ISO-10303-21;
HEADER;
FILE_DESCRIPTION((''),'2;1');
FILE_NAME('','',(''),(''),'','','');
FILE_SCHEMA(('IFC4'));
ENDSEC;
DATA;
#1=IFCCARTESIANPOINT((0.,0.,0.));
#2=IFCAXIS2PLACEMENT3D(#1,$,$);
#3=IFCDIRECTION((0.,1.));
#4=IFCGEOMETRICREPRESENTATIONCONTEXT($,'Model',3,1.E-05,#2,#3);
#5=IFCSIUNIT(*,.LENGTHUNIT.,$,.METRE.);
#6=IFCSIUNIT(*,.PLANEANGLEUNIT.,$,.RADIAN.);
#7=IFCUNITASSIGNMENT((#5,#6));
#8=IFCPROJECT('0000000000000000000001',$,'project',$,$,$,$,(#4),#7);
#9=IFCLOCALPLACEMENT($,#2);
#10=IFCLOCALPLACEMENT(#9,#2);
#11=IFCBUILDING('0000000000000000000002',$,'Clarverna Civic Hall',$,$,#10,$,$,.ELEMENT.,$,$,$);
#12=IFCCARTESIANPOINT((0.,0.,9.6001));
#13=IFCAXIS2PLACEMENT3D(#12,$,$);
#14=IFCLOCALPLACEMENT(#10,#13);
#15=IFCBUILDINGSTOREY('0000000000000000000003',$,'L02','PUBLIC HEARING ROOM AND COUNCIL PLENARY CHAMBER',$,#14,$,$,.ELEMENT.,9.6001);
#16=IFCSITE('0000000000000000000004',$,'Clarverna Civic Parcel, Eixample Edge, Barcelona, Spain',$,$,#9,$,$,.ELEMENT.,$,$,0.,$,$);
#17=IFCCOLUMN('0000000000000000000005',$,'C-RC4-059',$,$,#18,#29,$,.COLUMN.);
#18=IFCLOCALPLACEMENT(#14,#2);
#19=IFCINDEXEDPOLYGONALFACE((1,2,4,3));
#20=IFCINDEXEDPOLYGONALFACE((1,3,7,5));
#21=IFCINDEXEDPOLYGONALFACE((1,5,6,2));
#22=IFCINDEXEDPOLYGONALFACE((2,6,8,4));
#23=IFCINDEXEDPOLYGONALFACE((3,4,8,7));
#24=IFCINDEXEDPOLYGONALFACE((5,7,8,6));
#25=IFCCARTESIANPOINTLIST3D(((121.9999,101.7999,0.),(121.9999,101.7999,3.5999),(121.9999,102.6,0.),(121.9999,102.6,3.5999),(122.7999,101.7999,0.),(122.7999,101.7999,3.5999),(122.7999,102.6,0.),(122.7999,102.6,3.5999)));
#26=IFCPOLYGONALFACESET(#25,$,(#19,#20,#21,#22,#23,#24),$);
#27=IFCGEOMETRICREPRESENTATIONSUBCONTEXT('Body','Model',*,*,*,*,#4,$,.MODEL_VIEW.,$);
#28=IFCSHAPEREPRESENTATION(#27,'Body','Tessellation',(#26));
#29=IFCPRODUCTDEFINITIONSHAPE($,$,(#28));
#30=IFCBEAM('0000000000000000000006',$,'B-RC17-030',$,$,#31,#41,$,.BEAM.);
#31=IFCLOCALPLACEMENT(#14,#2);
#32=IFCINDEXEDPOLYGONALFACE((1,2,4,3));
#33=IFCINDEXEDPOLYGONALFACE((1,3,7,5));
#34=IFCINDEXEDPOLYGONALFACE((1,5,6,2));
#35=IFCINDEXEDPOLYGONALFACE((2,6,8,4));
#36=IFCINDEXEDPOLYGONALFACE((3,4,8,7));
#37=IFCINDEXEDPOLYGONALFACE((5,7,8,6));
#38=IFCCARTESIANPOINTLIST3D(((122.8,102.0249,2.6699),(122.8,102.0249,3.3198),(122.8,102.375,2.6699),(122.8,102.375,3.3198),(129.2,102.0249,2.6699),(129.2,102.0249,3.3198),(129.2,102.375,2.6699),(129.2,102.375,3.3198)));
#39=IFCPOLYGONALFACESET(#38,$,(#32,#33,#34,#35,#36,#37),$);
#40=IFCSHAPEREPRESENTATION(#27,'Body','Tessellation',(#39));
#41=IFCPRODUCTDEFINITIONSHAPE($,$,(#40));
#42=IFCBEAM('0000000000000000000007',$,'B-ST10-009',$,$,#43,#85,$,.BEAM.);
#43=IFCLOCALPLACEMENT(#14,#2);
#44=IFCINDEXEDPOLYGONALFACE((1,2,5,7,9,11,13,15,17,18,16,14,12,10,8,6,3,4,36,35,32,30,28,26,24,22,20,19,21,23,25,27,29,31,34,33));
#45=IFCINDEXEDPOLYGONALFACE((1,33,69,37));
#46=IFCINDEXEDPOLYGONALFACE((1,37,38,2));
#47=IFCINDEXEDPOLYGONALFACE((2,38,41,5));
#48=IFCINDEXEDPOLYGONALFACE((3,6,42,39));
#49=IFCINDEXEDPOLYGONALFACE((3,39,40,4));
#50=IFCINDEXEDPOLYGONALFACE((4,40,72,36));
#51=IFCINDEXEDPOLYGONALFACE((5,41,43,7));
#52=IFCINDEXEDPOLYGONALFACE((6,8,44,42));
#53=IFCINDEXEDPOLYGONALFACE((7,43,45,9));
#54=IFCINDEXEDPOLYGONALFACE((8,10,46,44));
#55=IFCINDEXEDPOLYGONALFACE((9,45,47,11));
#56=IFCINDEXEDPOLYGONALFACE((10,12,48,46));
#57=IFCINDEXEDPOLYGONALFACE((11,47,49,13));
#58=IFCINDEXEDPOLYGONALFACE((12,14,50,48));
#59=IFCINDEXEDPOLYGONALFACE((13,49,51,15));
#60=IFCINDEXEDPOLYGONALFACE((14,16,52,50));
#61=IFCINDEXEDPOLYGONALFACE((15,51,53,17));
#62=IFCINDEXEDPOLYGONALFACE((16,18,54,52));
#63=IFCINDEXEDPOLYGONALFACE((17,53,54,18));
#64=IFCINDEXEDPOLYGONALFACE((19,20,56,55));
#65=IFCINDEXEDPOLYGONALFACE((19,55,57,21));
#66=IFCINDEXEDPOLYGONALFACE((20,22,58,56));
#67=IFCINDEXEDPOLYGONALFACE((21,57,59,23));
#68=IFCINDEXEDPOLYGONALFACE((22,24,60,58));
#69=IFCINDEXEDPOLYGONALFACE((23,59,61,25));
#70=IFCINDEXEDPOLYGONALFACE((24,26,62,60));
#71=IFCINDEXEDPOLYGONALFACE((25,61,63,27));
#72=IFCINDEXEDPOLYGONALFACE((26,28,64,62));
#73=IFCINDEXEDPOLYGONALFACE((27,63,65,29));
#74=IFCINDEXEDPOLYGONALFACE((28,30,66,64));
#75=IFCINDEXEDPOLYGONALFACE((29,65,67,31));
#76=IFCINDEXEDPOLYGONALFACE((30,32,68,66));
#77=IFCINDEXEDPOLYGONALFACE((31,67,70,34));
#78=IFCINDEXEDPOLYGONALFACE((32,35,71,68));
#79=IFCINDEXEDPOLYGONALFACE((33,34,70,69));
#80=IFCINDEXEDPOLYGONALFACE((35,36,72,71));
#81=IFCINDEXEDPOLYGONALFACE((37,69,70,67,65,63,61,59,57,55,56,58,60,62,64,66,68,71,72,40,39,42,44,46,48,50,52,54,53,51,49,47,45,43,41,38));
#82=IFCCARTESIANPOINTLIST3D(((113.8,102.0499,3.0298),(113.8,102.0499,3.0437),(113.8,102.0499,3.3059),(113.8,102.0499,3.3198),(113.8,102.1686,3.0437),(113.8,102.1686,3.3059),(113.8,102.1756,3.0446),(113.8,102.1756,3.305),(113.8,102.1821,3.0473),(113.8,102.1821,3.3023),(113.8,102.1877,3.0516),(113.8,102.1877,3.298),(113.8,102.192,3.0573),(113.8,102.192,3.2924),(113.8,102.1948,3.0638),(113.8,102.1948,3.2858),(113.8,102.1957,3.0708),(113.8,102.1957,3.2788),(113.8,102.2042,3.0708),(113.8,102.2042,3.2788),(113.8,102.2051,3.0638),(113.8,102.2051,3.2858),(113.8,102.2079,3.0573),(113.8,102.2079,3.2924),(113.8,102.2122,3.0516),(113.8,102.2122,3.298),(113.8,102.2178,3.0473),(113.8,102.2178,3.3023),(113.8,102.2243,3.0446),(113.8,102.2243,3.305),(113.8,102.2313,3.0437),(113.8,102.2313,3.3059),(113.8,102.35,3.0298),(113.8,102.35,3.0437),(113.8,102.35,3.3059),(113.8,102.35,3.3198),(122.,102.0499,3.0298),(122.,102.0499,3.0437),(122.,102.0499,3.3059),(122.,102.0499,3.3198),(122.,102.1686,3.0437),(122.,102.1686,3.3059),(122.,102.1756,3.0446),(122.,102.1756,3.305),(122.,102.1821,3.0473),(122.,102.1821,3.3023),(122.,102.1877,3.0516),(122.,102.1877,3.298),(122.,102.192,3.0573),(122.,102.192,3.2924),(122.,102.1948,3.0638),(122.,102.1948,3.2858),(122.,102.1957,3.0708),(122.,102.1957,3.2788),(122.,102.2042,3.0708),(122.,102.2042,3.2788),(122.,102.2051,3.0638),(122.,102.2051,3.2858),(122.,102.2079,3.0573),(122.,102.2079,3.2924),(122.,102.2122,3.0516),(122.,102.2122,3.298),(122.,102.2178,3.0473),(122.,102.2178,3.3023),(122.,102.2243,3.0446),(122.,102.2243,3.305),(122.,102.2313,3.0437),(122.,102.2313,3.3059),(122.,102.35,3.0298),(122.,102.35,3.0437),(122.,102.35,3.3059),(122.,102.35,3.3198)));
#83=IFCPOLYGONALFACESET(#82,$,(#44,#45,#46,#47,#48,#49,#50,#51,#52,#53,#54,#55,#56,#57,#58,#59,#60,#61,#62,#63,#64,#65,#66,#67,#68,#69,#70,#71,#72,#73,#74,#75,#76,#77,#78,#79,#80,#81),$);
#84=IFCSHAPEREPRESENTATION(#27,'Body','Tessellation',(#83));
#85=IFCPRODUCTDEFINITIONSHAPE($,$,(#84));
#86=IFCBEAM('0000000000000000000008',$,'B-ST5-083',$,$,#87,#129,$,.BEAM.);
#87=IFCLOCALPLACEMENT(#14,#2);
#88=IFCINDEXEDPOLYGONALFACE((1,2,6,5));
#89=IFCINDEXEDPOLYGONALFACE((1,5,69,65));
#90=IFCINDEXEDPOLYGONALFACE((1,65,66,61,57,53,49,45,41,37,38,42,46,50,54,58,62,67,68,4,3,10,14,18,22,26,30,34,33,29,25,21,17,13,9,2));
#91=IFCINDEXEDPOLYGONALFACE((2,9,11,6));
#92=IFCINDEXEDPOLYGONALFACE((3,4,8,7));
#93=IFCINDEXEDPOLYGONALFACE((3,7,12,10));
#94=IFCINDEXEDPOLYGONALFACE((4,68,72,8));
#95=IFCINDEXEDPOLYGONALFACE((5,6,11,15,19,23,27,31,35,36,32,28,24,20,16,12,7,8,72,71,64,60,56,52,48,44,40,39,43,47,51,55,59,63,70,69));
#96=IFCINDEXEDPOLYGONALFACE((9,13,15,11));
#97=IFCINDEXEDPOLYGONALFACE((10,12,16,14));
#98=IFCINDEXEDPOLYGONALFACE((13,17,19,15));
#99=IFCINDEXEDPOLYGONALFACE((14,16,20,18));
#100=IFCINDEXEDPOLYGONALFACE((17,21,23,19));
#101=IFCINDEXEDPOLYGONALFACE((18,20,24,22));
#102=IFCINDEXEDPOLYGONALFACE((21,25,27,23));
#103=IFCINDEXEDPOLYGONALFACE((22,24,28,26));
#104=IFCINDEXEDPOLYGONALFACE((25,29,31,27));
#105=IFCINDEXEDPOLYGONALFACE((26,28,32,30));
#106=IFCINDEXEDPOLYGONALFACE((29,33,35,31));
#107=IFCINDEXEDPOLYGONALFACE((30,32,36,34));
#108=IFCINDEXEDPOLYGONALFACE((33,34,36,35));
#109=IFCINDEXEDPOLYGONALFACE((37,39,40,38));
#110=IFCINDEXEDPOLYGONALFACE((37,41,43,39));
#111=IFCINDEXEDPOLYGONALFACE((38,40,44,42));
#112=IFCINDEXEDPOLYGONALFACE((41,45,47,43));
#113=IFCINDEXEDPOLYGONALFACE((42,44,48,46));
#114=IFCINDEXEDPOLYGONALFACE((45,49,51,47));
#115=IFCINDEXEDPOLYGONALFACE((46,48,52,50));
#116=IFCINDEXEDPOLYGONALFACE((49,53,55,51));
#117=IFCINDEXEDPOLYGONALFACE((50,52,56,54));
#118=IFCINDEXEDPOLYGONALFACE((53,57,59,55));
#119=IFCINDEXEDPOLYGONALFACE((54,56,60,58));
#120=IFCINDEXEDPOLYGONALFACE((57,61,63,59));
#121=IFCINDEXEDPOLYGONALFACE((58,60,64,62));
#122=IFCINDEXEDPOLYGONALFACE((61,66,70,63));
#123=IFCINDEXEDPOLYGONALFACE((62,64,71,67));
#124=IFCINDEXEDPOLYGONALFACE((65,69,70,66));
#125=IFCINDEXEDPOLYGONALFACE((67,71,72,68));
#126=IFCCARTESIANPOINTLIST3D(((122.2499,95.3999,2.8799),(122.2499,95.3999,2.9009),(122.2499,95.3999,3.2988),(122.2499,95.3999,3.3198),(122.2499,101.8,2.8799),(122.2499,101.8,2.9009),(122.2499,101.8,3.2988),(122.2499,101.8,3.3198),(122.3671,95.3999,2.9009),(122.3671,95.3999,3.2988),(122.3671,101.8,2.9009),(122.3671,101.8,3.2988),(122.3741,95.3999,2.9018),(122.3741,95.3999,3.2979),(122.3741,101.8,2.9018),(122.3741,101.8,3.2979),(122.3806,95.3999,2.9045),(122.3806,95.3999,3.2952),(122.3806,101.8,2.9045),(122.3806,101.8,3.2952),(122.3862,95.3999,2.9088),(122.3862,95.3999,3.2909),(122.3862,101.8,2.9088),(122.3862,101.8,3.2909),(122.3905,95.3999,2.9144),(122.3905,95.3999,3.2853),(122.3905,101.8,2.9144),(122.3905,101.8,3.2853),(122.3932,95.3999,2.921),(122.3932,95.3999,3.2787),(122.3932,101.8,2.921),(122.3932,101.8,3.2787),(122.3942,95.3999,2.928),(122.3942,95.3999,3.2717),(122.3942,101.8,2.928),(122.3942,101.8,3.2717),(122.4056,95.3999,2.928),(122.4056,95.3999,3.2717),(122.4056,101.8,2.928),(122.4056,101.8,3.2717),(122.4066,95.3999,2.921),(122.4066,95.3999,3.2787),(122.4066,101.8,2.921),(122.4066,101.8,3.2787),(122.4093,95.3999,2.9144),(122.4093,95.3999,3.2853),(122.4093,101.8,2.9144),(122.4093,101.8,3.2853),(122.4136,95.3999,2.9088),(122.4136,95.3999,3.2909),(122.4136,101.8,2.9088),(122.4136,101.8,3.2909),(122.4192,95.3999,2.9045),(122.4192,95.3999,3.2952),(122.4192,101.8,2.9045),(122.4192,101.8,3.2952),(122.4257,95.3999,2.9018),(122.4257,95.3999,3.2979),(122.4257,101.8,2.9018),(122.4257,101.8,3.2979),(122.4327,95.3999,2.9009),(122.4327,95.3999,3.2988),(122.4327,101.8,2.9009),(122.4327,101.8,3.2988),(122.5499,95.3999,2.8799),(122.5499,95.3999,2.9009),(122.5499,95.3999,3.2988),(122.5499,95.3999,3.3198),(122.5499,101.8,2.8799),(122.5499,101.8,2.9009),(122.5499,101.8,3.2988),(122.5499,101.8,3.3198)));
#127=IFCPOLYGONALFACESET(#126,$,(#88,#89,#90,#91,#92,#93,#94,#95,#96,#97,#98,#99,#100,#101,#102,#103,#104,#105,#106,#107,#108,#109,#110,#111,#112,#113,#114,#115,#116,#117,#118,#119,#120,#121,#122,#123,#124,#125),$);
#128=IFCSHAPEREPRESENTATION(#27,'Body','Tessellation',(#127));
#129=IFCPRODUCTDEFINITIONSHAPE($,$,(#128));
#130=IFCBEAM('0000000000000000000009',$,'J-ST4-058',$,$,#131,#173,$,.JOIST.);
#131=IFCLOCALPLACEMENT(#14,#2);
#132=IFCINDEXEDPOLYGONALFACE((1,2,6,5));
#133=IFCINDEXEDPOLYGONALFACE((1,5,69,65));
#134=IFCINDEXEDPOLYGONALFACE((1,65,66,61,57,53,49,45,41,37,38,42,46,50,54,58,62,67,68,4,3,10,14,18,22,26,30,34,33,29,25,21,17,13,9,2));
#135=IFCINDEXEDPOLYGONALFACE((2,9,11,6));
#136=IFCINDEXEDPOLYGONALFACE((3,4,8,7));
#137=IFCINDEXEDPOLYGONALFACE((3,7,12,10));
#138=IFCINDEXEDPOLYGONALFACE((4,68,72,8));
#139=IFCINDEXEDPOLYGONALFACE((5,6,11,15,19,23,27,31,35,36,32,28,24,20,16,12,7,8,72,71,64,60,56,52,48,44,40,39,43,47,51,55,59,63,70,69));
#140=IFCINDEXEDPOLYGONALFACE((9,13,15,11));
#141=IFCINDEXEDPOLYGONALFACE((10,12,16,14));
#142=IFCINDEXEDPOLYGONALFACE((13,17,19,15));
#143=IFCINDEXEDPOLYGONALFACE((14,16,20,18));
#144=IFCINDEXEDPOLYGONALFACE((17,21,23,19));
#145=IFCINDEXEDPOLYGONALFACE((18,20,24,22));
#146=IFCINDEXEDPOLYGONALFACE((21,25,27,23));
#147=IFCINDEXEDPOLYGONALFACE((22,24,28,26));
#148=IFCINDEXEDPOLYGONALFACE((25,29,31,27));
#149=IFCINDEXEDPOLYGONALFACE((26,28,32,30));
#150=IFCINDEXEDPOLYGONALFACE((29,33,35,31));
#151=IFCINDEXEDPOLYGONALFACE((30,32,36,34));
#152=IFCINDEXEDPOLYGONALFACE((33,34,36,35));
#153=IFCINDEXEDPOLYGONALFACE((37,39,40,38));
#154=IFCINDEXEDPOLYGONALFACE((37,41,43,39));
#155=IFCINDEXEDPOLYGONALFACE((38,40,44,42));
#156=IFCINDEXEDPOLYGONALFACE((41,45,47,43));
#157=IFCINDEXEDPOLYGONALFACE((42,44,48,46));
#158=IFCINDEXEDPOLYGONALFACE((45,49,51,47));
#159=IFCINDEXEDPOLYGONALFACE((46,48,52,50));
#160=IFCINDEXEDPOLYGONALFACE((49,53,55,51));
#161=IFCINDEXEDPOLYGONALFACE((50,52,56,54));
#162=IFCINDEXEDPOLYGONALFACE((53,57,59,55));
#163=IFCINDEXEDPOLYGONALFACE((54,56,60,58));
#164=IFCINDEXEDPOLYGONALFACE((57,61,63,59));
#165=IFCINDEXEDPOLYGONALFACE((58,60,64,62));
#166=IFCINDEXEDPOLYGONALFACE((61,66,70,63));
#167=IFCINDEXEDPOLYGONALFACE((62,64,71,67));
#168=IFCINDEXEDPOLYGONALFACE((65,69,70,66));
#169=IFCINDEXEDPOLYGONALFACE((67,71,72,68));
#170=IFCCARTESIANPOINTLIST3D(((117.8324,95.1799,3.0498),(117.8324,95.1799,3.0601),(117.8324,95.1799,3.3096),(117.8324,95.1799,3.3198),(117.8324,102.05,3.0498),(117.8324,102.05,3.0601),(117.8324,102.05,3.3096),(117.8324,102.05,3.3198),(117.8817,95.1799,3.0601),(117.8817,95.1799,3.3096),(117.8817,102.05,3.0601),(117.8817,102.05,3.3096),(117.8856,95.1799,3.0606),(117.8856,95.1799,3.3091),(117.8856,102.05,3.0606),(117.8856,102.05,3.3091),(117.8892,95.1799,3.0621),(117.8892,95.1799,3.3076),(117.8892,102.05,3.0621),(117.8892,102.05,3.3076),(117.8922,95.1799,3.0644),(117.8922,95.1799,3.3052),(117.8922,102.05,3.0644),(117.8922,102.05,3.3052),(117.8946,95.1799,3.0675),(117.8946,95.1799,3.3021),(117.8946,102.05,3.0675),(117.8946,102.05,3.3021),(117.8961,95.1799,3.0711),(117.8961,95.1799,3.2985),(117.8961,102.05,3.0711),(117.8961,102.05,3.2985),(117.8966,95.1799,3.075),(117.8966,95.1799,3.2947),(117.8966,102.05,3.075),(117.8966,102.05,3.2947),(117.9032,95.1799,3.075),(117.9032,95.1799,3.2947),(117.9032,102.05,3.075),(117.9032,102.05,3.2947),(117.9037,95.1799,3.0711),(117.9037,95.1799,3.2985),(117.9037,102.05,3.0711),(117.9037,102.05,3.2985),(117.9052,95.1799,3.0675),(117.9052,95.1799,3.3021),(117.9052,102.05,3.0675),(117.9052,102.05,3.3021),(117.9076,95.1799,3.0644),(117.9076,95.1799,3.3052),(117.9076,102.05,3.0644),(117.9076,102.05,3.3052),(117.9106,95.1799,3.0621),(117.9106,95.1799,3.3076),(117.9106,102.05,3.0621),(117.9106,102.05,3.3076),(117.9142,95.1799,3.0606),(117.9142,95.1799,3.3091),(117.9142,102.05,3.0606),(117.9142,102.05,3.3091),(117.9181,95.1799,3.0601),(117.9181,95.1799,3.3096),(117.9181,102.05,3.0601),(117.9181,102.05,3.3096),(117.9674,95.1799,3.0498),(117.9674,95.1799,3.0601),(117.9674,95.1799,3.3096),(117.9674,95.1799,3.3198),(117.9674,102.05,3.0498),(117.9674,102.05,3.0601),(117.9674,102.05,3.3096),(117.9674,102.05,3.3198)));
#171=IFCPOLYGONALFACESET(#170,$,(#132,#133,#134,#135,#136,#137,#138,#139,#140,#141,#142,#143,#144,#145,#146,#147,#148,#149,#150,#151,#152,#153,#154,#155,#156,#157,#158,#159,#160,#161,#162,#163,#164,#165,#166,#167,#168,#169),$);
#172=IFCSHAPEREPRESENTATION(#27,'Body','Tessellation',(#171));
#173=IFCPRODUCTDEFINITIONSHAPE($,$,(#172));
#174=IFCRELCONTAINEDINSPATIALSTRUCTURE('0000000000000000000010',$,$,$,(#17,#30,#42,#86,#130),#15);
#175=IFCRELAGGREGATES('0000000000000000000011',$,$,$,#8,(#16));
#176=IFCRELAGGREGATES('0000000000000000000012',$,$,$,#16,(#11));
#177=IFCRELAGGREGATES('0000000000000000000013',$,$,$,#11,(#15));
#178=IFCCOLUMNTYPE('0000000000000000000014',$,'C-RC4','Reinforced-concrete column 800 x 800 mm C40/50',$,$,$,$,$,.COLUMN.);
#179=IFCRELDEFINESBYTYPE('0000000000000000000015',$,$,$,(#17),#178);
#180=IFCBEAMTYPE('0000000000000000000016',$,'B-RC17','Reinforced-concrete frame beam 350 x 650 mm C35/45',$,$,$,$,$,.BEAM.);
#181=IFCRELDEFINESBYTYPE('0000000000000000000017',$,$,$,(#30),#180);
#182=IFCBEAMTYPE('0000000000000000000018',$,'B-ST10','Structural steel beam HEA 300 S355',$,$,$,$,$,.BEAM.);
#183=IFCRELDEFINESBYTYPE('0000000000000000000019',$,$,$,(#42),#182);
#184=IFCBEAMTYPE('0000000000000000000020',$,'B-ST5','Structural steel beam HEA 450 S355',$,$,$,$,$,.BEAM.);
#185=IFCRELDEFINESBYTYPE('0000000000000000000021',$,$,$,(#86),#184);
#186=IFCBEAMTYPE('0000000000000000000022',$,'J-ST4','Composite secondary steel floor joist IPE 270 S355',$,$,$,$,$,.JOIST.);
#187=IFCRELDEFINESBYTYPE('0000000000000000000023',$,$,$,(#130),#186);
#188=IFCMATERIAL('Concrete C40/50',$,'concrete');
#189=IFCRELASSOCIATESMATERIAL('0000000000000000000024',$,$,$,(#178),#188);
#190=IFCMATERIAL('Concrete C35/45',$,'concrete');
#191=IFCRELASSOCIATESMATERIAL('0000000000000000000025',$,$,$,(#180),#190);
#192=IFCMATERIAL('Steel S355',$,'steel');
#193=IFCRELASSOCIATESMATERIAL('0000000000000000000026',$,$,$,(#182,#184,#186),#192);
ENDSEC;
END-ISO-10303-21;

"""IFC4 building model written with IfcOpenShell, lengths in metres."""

from ifc_helpers import new_model, si_unit, direction, frame, origin, origin_2d, place, context, subcontext, project, spatial, rectangle, i_section, extrude, material, material_profile, profile_set, type_object, element, save


model = new_model("IFC4")

# Units and contexts
model_context = context("Model", 3, precision=1e-05, world=origin(), true_north=direction((0.0, 1.0)))
body_context = subcontext(model_context, "Body", "Model", "MODEL_VIEW")
ifc_project = project(units=[si_unit("LENGTHUNIT", "METRE"), si_unit("PLANEANGLEUNIT", "RADIAN")], contexts=[model_context])

# Site, building, storey
site_placement = place(None, origin())
site = spatial("IfcSite", under=ifc_project, at=site_placement, Name="Clarverna Civic Parcel, Eixample Edge, Barcelona, Spain", CompositionType="ELEMENT", RefElevation=0.0)
building_placement = place(site_placement, origin())
building = spatial("IfcBuilding", under=site, at=building_placement, Name="Clarverna Civic Hall", CompositionType="ELEMENT")
storey_placement = place(building_placement, frame((0.0, 0.0, 9.6001)))
storey = spatial("IfcBuildingStorey", under=building, at=storey_placement, Name="L02", Description="PUBLIC HEARING ROOM AND COUNCIL PLENARY CHAMBER", CompositionType="ELEMENT", Elevation=9.6001)

# Column
ifc_material_1 = material(Name="Concrete C40/50", Category="concrete")
ifc_material_profile_1 = material_profile(ifc_material_1, rectangle(XDim=0.8, YDim=0.8, at=origin_2d()), Name="RC 800x800")
ifc_profile_set_1 = profile_set([ifc_material_profile_1], Name="Concrete C40/50")
column_type = type_object("IfcColumnType", Name="C-RC4", Description="Reinforced-concrete column 800 x 800 mm C40/50", PredefinedType="COLUMN", material=ifc_profile_set_1)
column_placement = place(storey_placement, frame((122.3999, 102.2, 0.0), z_axis=(0.0, 0.0, 1.0), x_axis=(1.0, 0.0, 0.0)))
element("IfcColumn", 1, at=column_placement, inside=storey, type_object=column_type, Name="C-RC4-059", PredefinedType="COLUMN", context=body_context, shape_type="SweptSolid", body=[
    extrude(rectangle(XDim=0.8, YDim=0.8, at=origin_2d()), origin(), (0.0, 0.0, 1.0), 3.5999),
])

# Beams
ifc_material_2 = material(Name="Concrete C35/45", Category="concrete")
ifc_material_profile_2 = material_profile(ifc_material_2, rectangle(XDim=0.3501, YDim=0.6499, at=origin_2d()), Name="RC 350x650")
ifc_profile_set_2 = profile_set([ifc_material_profile_2], Name="Concrete C35/45")
beam_type_1 = type_object("IfcBeamType", Name="B-RC17", Description="Reinforced-concrete frame beam 350 x 650 mm C35/45", PredefinedType="BEAM", material=ifc_profile_set_2)
beam_1_placement = place(storey_placement, frame((122.8, 102.2, 2.9949), z_axis=(1.0, 0.0, 0.0), x_axis=(0.0, 1.0, 0.0)))
element("IfcBeam", 2, at=beam_1_placement, inside=storey, type_object=beam_type_1, Name="B-RC17-030", PredefinedType="BEAM", context=body_context, shape_type="SweptSolid", body=[
    extrude(rectangle(XDim=0.3501, YDim=0.6499, at=origin_2d()), origin(), (0.0, 0.0, 1.0), 6.3999),
])
ifc_material_3 = material(Name="Steel S355", Category="steel")
ifc_material_profile_3 = material_profile(ifc_material_3, i_section(OverallWidth=0.3, OverallDepth=0.29, WebThickness=0.0085, FlangeThickness=0.0139, FilletRadius=0.0271, at=origin_2d()), Name="HEA 300")
ifc_profile_set_3 = profile_set([ifc_material_profile_3], Name="Steel S355")
beam_type_2 = type_object("IfcBeamType", Name="B-ST10", Description="Structural steel beam HEA 300 S355", PredefinedType="BEAM", material=ifc_profile_set_3)
beam_2_placement = place(storey_placement, frame((113.8, 102.2, 3.1748), z_axis=(1.0, 0.0, 0.0), x_axis=(0.0, 1.0, 0.0)))
element("IfcBeam", 3, at=beam_2_placement, inside=storey, type_object=beam_type_2, Name="B-ST10-009", PredefinedType="BEAM", context=body_context, shape_type="SweptSolid", body=[
    extrude(i_section(OverallWidth=0.3, OverallDepth=0.29, WebThickness=0.0085, FlangeThickness=0.0139, FilletRadius=0.0271, at=origin_2d()), origin(), (0.0, 0.0, 1.0), 8.2),
])
ifc_material_profile_4 = material_profile(ifc_material_3, i_section(OverallWidth=0.3, OverallDepth=0.4399, WebThickness=0.0115, FlangeThickness=0.021, FilletRadius=0.0271, at=origin_2d()), Name="HEA 450")
ifc_profile_set_4 = profile_set([ifc_material_profile_4], Name="Steel S355")
beam_type_3 = type_object("IfcBeamType", Name="B-ST5", Description="Structural steel beam HEA 450 S355", PredefinedType="BEAM", material=ifc_profile_set_4)
beam_3_placement = place(storey_placement, frame((122.3999, 95.3999, 3.0999), z_axis=(0.0, 1.0, 0.0), x_axis=(-1.0, 0.0, 0.0)))
element("IfcBeam", 4, at=beam_3_placement, inside=storey, type_object=beam_type_3, Name="B-ST5-083", PredefinedType="BEAM", context=body_context, shape_type="SweptSolid", body=[
    extrude(i_section(OverallWidth=0.3, OverallDepth=0.4399, WebThickness=0.0115, FlangeThickness=0.021, FilletRadius=0.0271, at=origin_2d()), origin(), (0.0, 0.0, 1.0), 6.4001),
])
ifc_material_profile_5 = material_profile(ifc_material_3, i_section(OverallWidth=0.135, OverallDepth=0.27, WebThickness=0.0066, FlangeThickness=0.0103, FilletRadius=0.0149, at=origin_2d()), Name="IPE 270")
ifc_profile_set_5 = profile_set([ifc_material_profile_5], Name="Steel S355")
beam_type_4 = type_object("IfcBeamType", Name="J-ST4", Description="Composite secondary steel floor joist IPE 270 S355", PredefinedType="JOIST", material=ifc_profile_set_5)
beam_4_placement = place(storey_placement, frame((117.8999, 95.1799, 3.1848), z_axis=(0.0, 1.0, 0.0), x_axis=(-1.0, 0.0, 0.0)))
element("IfcBeam", 5, at=beam_4_placement, inside=storey, type_object=beam_type_4, Name="J-ST4-058", PredefinedType="JOIST", context=body_context, shape_type="SweptSolid", body=[
    extrude(i_section(OverallWidth=0.135, OverallDepth=0.27, WebThickness=0.0066, FlangeThickness=0.0103, FilletRadius=0.0149, at=origin_2d()), origin(), (0.0, 0.0, 1.0), 6.8701),
])

save(model, "model.ifc")
